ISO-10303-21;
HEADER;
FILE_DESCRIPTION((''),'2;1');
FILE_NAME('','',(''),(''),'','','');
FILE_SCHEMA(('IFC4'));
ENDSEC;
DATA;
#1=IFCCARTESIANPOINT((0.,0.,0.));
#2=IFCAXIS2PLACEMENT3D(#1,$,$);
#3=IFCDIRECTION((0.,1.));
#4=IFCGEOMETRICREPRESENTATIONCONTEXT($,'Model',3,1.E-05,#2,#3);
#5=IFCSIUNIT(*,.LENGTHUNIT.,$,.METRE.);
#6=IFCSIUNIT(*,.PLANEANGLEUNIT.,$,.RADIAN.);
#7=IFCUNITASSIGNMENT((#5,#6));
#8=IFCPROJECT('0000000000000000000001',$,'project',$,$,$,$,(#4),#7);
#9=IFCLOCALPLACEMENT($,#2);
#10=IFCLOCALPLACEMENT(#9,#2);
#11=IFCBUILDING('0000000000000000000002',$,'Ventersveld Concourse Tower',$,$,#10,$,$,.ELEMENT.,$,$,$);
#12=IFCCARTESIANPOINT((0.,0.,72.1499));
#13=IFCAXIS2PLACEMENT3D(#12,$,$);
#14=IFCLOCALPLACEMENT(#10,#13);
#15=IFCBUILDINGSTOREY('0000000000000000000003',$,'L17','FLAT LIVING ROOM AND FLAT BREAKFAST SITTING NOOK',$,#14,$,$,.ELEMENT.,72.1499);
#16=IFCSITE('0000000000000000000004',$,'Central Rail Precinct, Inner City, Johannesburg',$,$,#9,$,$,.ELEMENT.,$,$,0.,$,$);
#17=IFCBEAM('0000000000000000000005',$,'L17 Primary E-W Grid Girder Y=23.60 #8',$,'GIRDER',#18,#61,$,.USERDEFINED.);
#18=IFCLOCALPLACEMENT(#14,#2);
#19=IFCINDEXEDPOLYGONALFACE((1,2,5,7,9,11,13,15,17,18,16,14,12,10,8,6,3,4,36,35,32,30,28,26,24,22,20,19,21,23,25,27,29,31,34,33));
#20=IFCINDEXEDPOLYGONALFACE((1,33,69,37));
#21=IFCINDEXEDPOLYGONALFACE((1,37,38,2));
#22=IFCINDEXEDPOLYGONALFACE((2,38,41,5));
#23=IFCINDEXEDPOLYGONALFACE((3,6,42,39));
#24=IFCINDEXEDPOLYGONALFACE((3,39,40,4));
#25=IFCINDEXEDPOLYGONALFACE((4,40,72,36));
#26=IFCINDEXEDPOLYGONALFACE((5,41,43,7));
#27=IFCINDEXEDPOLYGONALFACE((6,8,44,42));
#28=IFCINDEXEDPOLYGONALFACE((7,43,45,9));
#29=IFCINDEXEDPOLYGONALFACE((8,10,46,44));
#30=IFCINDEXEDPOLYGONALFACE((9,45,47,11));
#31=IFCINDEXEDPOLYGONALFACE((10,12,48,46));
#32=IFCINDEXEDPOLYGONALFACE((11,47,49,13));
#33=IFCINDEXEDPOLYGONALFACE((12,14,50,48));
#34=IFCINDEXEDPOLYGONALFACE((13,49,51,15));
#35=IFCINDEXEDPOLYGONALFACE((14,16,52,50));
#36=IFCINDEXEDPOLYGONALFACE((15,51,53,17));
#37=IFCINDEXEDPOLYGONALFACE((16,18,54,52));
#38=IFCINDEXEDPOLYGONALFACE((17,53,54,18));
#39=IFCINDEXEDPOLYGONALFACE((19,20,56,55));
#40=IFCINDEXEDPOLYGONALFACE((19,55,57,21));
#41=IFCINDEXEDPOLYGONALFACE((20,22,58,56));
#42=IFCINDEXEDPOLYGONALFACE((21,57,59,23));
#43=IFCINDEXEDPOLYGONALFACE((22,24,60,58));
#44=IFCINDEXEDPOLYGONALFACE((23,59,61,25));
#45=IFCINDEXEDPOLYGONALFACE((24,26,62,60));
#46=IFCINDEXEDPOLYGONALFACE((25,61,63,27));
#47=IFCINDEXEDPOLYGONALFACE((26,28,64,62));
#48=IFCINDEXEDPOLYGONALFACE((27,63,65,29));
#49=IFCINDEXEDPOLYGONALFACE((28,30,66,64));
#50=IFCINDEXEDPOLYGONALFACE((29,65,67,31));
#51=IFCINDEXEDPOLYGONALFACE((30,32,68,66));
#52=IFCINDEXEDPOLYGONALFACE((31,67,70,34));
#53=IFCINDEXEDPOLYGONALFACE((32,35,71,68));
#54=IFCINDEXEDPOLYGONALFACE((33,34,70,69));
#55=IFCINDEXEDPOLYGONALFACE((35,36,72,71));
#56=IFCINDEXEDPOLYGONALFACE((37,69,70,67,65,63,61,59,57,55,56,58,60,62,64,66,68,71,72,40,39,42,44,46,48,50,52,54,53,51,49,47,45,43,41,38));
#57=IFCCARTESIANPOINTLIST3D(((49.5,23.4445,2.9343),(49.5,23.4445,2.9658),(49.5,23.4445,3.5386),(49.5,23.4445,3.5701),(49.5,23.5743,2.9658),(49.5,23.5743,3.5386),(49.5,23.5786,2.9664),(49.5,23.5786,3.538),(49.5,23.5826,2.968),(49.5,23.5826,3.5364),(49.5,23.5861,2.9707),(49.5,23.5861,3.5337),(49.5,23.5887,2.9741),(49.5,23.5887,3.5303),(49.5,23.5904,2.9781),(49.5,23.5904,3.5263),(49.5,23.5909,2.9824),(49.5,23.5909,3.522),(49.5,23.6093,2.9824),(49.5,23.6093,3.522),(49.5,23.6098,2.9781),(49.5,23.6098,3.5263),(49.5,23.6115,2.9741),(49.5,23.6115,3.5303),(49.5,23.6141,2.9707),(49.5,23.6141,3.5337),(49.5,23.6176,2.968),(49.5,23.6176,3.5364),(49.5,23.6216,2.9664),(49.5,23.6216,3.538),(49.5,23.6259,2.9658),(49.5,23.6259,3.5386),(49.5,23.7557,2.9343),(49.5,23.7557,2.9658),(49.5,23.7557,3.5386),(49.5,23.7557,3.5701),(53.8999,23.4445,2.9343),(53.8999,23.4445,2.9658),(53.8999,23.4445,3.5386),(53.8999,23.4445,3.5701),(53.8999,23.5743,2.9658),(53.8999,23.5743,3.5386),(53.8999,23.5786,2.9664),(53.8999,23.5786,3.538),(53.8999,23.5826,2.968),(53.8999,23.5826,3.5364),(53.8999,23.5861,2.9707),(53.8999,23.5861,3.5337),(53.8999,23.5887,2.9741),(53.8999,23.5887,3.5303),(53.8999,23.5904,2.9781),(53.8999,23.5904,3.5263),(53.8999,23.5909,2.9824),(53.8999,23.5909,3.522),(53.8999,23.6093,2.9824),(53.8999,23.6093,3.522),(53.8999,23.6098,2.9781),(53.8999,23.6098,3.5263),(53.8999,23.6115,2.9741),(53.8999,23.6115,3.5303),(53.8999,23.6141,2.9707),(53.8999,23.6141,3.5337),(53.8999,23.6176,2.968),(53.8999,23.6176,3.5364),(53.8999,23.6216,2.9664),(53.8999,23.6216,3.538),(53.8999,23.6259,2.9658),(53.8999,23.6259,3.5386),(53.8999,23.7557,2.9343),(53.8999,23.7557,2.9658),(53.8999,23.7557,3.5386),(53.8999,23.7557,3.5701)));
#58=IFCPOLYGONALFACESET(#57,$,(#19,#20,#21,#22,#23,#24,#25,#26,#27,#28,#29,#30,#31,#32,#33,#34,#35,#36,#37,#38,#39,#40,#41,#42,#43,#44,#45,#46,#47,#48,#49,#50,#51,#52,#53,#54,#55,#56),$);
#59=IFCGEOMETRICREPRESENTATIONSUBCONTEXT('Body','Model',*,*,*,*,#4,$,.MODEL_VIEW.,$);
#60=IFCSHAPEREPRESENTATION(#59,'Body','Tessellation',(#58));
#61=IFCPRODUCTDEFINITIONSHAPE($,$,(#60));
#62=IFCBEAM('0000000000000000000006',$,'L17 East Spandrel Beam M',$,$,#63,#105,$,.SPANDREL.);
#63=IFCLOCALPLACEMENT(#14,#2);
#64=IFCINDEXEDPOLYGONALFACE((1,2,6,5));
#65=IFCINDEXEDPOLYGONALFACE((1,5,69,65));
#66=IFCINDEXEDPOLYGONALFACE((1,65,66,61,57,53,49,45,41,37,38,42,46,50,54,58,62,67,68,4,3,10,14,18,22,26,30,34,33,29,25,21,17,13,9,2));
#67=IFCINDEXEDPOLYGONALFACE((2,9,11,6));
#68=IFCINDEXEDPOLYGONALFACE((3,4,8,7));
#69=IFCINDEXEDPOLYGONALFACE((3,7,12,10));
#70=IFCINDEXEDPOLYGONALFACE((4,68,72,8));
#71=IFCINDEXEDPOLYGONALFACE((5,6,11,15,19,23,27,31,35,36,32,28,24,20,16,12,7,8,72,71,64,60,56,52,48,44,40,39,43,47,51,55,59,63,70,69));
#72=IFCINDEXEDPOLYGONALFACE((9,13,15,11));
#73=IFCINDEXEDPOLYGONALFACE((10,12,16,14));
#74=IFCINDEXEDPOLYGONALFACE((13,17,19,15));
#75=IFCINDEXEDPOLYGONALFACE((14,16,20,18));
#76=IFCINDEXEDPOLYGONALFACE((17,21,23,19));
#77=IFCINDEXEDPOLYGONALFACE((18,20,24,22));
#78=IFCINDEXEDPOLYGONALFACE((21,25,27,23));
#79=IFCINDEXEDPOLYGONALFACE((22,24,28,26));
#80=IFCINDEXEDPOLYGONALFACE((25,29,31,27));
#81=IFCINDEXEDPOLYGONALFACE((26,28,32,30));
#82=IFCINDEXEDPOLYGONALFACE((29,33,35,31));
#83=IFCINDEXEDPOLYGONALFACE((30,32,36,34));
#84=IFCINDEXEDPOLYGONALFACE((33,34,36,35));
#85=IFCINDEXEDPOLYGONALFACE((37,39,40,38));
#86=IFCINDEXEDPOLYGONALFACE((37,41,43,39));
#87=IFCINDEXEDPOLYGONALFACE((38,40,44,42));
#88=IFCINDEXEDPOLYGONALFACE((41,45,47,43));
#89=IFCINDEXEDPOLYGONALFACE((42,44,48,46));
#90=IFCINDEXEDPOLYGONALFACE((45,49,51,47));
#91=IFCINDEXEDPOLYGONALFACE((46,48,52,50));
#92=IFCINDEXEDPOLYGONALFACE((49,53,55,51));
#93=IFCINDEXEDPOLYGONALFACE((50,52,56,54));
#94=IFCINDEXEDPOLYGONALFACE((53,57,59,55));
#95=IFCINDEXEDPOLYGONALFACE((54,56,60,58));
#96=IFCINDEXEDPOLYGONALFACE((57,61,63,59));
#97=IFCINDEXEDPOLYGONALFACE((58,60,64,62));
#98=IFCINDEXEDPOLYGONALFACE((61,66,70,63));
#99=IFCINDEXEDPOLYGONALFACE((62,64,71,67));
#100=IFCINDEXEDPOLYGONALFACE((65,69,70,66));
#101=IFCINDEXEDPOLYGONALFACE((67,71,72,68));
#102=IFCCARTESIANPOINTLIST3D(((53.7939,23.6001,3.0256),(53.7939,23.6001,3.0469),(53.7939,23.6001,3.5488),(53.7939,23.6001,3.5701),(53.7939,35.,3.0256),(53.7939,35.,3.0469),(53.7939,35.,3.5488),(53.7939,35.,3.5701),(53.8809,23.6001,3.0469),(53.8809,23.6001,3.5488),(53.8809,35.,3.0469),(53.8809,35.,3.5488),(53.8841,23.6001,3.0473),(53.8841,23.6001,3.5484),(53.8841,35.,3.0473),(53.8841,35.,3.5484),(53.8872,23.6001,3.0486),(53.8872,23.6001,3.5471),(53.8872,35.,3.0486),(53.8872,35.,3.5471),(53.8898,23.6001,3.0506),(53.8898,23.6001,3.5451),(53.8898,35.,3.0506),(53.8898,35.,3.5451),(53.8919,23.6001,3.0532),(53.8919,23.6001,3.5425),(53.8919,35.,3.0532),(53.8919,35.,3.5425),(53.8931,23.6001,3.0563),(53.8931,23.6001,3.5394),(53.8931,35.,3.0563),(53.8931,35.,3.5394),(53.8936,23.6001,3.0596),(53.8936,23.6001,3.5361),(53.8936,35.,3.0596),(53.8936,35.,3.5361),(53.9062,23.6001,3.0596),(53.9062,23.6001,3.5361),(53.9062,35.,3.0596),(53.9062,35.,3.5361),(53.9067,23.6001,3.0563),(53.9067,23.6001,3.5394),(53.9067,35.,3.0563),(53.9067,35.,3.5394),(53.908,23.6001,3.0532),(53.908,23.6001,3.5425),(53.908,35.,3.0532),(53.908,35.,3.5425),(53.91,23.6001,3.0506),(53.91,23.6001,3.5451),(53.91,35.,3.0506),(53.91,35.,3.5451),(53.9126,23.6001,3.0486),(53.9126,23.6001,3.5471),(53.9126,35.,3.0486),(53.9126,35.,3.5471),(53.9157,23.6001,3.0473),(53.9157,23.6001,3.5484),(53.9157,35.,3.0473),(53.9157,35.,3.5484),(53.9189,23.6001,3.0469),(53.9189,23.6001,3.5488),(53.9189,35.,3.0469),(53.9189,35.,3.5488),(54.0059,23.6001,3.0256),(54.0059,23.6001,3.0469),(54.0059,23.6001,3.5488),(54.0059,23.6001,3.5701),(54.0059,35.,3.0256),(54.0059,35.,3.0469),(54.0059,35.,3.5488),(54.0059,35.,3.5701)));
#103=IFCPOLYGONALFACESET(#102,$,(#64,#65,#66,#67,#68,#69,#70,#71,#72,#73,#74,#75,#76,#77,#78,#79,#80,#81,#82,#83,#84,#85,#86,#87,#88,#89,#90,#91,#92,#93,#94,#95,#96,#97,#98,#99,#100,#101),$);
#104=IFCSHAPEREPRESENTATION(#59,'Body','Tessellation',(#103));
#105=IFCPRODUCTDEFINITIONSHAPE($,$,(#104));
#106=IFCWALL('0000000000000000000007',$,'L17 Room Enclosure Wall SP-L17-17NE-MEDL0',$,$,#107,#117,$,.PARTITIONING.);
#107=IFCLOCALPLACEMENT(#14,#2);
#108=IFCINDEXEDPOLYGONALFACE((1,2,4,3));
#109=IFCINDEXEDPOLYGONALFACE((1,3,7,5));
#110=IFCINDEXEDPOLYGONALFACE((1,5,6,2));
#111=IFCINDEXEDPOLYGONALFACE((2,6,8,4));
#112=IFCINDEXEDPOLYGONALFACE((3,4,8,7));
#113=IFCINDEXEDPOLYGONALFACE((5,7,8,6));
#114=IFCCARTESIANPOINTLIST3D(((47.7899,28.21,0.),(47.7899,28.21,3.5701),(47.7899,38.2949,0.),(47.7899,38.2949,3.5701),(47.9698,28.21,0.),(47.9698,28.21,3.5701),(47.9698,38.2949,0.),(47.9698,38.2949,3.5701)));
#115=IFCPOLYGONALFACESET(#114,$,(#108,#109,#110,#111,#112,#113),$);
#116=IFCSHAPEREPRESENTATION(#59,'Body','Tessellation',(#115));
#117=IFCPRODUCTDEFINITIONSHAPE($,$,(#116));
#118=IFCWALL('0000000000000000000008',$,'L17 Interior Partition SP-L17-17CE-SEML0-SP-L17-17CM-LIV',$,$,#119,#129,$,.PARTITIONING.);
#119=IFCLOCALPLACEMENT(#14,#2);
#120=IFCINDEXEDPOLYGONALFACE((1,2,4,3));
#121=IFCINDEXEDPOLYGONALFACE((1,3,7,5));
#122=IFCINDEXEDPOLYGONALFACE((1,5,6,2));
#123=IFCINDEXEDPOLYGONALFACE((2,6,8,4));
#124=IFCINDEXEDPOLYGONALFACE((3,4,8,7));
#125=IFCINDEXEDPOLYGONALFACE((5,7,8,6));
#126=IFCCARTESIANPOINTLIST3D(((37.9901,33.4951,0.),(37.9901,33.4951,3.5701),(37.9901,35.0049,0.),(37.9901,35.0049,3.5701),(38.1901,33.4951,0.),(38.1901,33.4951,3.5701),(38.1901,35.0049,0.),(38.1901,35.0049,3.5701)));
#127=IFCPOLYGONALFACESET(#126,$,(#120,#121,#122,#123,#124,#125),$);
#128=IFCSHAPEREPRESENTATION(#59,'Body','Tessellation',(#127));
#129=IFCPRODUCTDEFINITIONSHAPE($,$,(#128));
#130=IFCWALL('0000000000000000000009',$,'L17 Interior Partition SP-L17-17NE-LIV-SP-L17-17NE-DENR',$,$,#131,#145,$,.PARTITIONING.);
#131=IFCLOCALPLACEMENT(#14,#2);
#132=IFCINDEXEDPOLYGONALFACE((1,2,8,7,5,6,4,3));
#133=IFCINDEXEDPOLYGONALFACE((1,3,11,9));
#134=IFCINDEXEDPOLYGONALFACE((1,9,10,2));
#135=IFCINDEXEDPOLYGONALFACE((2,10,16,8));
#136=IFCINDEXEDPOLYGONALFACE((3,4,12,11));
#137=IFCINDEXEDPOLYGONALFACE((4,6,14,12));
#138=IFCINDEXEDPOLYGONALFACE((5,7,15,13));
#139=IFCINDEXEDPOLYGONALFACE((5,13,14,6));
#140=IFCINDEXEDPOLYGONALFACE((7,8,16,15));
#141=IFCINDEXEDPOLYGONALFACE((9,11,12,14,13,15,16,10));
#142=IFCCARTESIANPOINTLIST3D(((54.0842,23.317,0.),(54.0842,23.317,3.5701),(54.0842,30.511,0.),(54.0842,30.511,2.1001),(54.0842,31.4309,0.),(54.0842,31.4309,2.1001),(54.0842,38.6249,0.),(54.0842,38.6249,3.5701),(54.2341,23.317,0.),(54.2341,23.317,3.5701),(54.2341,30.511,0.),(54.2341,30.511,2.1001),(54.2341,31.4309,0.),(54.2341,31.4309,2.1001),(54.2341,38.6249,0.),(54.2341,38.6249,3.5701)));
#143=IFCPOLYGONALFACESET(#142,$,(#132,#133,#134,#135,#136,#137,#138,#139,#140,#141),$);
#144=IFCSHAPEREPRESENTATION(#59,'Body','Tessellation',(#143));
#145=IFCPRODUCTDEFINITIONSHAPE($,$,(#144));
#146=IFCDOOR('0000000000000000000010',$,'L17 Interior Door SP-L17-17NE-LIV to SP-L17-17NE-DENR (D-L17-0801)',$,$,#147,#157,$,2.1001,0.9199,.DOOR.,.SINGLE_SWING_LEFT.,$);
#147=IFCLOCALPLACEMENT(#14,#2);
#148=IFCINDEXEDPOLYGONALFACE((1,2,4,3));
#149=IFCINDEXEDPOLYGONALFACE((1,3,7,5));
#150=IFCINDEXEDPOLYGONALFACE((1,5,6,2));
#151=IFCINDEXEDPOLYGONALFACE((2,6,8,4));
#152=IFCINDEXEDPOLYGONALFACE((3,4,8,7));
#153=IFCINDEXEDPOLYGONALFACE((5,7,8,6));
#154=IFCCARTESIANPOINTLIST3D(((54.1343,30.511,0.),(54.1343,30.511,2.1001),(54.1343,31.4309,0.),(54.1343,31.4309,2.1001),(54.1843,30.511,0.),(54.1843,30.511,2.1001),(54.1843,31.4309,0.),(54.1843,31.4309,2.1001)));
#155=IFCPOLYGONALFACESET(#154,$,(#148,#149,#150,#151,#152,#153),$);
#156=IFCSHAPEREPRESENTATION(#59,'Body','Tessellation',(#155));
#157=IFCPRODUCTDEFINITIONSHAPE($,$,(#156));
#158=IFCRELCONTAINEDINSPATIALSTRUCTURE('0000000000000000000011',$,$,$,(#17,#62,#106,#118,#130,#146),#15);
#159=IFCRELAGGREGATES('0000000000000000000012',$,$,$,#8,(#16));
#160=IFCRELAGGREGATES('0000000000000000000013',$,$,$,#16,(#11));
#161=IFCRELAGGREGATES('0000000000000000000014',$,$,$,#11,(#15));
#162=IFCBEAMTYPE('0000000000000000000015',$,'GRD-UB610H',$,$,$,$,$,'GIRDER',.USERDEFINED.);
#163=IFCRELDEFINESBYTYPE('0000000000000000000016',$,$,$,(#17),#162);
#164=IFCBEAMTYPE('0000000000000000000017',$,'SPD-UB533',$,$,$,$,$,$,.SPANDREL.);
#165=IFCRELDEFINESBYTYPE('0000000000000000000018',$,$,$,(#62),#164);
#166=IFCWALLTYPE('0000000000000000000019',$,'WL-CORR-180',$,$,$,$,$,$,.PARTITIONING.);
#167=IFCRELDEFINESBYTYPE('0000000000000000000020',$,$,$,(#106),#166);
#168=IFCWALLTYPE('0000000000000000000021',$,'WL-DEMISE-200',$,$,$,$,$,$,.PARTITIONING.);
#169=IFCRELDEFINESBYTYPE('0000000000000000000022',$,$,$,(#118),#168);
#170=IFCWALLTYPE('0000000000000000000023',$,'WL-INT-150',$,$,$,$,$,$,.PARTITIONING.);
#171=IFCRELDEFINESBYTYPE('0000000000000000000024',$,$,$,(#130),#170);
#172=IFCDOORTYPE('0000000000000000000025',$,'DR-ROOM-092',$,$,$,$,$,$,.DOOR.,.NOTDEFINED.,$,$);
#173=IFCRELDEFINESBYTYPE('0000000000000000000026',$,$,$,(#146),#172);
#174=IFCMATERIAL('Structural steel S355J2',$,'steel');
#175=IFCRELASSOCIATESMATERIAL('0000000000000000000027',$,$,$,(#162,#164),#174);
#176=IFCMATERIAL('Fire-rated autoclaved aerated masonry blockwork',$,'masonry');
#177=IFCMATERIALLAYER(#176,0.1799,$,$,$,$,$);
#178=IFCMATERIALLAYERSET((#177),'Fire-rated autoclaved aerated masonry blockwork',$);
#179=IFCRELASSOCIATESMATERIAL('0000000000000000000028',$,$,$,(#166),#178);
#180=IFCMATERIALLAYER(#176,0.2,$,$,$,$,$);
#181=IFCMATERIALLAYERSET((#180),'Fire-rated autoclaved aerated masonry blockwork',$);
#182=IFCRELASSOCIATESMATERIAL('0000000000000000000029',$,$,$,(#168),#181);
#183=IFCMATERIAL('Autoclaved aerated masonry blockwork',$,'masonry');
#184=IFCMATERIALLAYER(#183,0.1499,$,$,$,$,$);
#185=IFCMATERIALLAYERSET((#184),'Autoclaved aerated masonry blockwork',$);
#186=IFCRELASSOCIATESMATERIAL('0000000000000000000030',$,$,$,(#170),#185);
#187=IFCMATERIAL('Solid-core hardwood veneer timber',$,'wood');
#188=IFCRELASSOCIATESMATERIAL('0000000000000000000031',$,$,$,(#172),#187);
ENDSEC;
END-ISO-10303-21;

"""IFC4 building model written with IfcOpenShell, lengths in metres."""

from ifc_helpers import new_model, si_unit, direction, frame, frame_2d, origin, origin_2d, place, context, subcontext, project, spatial, rectangle, i_section, extrude, material, layer, layer_set, material_profile, profile_set, type_object, element, fill, save


model = new_model("IFC4")

# Units and contexts
model_context = context("Model", 3, precision=1e-05, world=origin(), true_north=direction((0.0, 1.0)))
body_context = subcontext(model_context, "Body", "Model", "MODEL_VIEW")
ifc_project = project(units=[si_unit("LENGTHUNIT", "METRE"), si_unit("PLANEANGLEUNIT", "RADIAN")], contexts=[model_context])

# Site, building, storey
site_placement = place(None, origin())
site = spatial("IfcSite", under=ifc_project, at=site_placement, Name="Central Rail Precinct, Inner City, Johannesburg", CompositionType="ELEMENT", RefElevation=0.0)
building_placement = place(site_placement, origin())
building = spatial("IfcBuilding", under=site, at=building_placement, Name="Ventersveld Concourse Tower", CompositionType="ELEMENT")
storey_placement = place(building_placement, frame((0.0, 0.0, 72.1499)))
storey = spatial("IfcBuildingStorey", under=building, at=storey_placement, Name="L17", Description="FLAT LIVING ROOM AND FLAT BREAKFAST SITTING NOOK", CompositionType="ELEMENT", Elevation=72.1499)

# Beams
ifc_material_1 = material(Name="Structural steel S355J2", Category="steel")
ifc_material_profile_1 = material_profile(ifc_material_1, i_section(OverallWidth=0.3113, OverallDepth=0.6357, WebThickness=0.0183, FlangeThickness=0.0315, FilletRadius=0.0166, at=origin_2d()), Name="UB 610x305x238")
ifc_profile_set_1 = profile_set([ifc_material_profile_1], Name="Structural steel S355J2")
beam_type_1 = type_object("IfcBeamType", Name="GRD-UB610H", ElementType="GIRDER", PredefinedType="USERDEFINED", material=ifc_profile_set_1)
beam_1_placement = place(storey_placement, frame((49.5, 23.6001, 3.2522), z_axis=(1.0, 0.0, 0.0), x_axis=(0.0, 1.0, 0.0)))
element("IfcBeam", 1, at=beam_1_placement, inside=storey, type_object=beam_type_1, Name="L17 Primary E-W Grid Girder Y=23.60 #8", ObjectType="GIRDER", PredefinedType="USERDEFINED", context=body_context, shape_type="SweptSolid", body=[
    extrude(i_section(OverallWidth=0.3113, OverallDepth=0.6357, WebThickness=0.0183, FlangeThickness=0.0315, FilletRadius=0.0166, at=origin_2d()), origin(), (0.0, 0.0, 1.0), 4.3999),
])
ifc_material_profile_2 = material_profile(ifc_material_1, i_section(OverallWidth=0.2119, OverallDepth=0.5444, WebThickness=0.0127, FlangeThickness=0.0212, FilletRadius=0.0127, at=origin_2d()), Name="UB 533x210x122")
ifc_profile_set_2 = profile_set([ifc_material_profile_2], Name="Structural steel S355J2")
beam_type_2 = type_object("IfcBeamType", Name="SPD-UB533", PredefinedType="SPANDREL", material=ifc_profile_set_2)
beam_2_placement = place(storey_placement, frame((53.8999, 23.6001, 3.2979), z_axis=(0.0, 1.0, 0.0), x_axis=(-1.0, 0.0, 0.0)))
element("IfcBeam", 2, at=beam_2_placement, inside=storey, type_object=beam_type_2, Name="L17 East Spandrel Beam M", PredefinedType="SPANDREL", context=body_context, shape_type="SweptSolid", body=[
    extrude(i_section(OverallWidth=0.2119, OverallDepth=0.5444, WebThickness=0.0127, FlangeThickness=0.0212, FilletRadius=0.0127, at=origin_2d()), origin(), (0.0, 0.0, 1.0), 11.3999),
])

# Walls
ifc_material_2 = material(Name="Fire-rated autoclaved aerated masonry blockwork", Category="masonry")
ifc_layer_1 = layer(ifc_material_2, 0.1799)
ifc_layer_set_1 = layer_set([ifc_layer_1], Name="Fire-rated autoclaved aerated masonry blockwork")
wall_type_1 = type_object("IfcWallType", Name="WL-CORR-180", PredefinedType="PARTITIONING", material=ifc_layer_set_1)
wall_1_placement = place(storey_placement, frame((47.8799, 28.21, 0.0), z_axis=(0.0, 0.0, 1.0), x_axis=(0.0, 1.0, 0.0)))
element("IfcWall", 3, at=wall_1_placement, inside=storey, type_object=wall_type_1, Name="L17 Room Enclosure Wall SP-L17-17NE-MEDL0", PredefinedType="PARTITIONING", context=body_context, shape_type="SweptSolid", body=[
    extrude(rectangle(XDim=10.085, YDim=0.1799, at=frame_2d((5.0425, 0.0))), origin(), (0.0, 0.0, 1.0), 3.5701),
])
ifc_layer_2 = layer(ifc_material_2, 0.2)
ifc_layer_set_2 = layer_set([ifc_layer_2], Name="Fire-rated autoclaved aerated masonry blockwork")
wall_type_2 = type_object("IfcWallType", Name="WL-DEMISE-200", PredefinedType="PARTITIONING", material=ifc_layer_set_2)
wall_2_placement = place(storey_placement, frame((38.0901, 33.4951, 0.0), z_axis=(0.0, 0.0, 1.0), x_axis=(0.0, 1.0, 0.0)))
element("IfcWall", 4, at=wall_2_placement, inside=storey, type_object=wall_type_2, Name="L17 Interior Partition SP-L17-17CE-SEML0-SP-L17-17CM-LIV", PredefinedType="PARTITIONING", context=body_context, shape_type="SweptSolid", body=[
    extrude(rectangle(XDim=1.5098, YDim=0.2, at=frame_2d((0.7549, 0.0))), origin(), (0.0, 0.0, 1.0), 3.5701),
])

# Wall, opening, door
ifc_material_3 = material(Name="Autoclaved aerated masonry blockwork", Category="masonry")
ifc_layer_3 = layer(ifc_material_3, 0.1499)
ifc_layer_set_3 = layer_set([ifc_layer_3], Name="Autoclaved aerated masonry blockwork")
wall_type_3 = type_object("IfcWallType", Name="WL-INT-150", PredefinedType="PARTITIONING", material=ifc_layer_set_3)
wall_3_placement = place(storey_placement, frame((54.1592, 23.3171, 0.0), z_axis=(0.0, 0.0, 1.0), x_axis=(0.0, 1.0, 0.0)))
wall_3 = element("IfcWall", 5, at=wall_3_placement, inside=storey, type_object=wall_type_3, Name="L17 Interior Partition SP-L17-17NE-LIV-SP-L17-17NE-DENR", PredefinedType="PARTITIONING", context=body_context, shape_type="SweptSolid", body=[
    extrude(rectangle(XDim=15.3079, YDim=0.1499, at=frame_2d((7.6538, 0.0))), origin(), (0.0, 0.0, 1.0), 3.5701),
])
opening_placement = place(wall_3_placement, frame((7.1938, 0.0, 0.0)))
opening = element("IfcOpeningElement", 6, at=opening_placement, cuts=wall_3, PredefinedType="OPENING", context=body_context, shape_type="SweptSolid", body=[
    extrude(rectangle(XDim=0.9199, YDim=2.1001, at=frame_2d((0.46, 1.05))), frame((0.0, 0.085, 0.0), z_axis=(0.0, -1.0, 0.0), x_axis=(1.0, 0.0, 0.0)), (0.0, 0.0, 1.0), 0.1699),
])
ifc_material_4 = material(Name="Solid-core hardwood veneer timber", Category="wood")
door_type = type_object("IfcDoorType", Name="DR-ROOM-092", OperationType="NOTDEFINED", PredefinedType="DOOR", material=ifc_material_4)
door_placement = place(opening_placement, origin())
door = element("IfcDoor", 7, at=door_placement, inside=storey, type_object=door_type, Name="L17 Interior Door SP-L17-17NE-LIV to SP-L17-17NE-DENR (D-L17-0801)", OperationType="SINGLE_SWING_LEFT", OverallHeight=2.1001, OverallWidth=0.9199, PredefinedType="DOOR", context=body_context, shape_type="SweptSolid", body=[
    extrude(rectangle(XDim=0.9199, YDim=2.1001, at=frame_2d((0.46, 1.05))), frame((0.0, 0.0249, 0.0), z_axis=(0.0, -1.0, 0.0), x_axis=(1.0, 0.0, 0.0)), (0.0, 0.0, 1.0), 0.05),
])
fill(opening, door)

save(model, "model.ifc")
